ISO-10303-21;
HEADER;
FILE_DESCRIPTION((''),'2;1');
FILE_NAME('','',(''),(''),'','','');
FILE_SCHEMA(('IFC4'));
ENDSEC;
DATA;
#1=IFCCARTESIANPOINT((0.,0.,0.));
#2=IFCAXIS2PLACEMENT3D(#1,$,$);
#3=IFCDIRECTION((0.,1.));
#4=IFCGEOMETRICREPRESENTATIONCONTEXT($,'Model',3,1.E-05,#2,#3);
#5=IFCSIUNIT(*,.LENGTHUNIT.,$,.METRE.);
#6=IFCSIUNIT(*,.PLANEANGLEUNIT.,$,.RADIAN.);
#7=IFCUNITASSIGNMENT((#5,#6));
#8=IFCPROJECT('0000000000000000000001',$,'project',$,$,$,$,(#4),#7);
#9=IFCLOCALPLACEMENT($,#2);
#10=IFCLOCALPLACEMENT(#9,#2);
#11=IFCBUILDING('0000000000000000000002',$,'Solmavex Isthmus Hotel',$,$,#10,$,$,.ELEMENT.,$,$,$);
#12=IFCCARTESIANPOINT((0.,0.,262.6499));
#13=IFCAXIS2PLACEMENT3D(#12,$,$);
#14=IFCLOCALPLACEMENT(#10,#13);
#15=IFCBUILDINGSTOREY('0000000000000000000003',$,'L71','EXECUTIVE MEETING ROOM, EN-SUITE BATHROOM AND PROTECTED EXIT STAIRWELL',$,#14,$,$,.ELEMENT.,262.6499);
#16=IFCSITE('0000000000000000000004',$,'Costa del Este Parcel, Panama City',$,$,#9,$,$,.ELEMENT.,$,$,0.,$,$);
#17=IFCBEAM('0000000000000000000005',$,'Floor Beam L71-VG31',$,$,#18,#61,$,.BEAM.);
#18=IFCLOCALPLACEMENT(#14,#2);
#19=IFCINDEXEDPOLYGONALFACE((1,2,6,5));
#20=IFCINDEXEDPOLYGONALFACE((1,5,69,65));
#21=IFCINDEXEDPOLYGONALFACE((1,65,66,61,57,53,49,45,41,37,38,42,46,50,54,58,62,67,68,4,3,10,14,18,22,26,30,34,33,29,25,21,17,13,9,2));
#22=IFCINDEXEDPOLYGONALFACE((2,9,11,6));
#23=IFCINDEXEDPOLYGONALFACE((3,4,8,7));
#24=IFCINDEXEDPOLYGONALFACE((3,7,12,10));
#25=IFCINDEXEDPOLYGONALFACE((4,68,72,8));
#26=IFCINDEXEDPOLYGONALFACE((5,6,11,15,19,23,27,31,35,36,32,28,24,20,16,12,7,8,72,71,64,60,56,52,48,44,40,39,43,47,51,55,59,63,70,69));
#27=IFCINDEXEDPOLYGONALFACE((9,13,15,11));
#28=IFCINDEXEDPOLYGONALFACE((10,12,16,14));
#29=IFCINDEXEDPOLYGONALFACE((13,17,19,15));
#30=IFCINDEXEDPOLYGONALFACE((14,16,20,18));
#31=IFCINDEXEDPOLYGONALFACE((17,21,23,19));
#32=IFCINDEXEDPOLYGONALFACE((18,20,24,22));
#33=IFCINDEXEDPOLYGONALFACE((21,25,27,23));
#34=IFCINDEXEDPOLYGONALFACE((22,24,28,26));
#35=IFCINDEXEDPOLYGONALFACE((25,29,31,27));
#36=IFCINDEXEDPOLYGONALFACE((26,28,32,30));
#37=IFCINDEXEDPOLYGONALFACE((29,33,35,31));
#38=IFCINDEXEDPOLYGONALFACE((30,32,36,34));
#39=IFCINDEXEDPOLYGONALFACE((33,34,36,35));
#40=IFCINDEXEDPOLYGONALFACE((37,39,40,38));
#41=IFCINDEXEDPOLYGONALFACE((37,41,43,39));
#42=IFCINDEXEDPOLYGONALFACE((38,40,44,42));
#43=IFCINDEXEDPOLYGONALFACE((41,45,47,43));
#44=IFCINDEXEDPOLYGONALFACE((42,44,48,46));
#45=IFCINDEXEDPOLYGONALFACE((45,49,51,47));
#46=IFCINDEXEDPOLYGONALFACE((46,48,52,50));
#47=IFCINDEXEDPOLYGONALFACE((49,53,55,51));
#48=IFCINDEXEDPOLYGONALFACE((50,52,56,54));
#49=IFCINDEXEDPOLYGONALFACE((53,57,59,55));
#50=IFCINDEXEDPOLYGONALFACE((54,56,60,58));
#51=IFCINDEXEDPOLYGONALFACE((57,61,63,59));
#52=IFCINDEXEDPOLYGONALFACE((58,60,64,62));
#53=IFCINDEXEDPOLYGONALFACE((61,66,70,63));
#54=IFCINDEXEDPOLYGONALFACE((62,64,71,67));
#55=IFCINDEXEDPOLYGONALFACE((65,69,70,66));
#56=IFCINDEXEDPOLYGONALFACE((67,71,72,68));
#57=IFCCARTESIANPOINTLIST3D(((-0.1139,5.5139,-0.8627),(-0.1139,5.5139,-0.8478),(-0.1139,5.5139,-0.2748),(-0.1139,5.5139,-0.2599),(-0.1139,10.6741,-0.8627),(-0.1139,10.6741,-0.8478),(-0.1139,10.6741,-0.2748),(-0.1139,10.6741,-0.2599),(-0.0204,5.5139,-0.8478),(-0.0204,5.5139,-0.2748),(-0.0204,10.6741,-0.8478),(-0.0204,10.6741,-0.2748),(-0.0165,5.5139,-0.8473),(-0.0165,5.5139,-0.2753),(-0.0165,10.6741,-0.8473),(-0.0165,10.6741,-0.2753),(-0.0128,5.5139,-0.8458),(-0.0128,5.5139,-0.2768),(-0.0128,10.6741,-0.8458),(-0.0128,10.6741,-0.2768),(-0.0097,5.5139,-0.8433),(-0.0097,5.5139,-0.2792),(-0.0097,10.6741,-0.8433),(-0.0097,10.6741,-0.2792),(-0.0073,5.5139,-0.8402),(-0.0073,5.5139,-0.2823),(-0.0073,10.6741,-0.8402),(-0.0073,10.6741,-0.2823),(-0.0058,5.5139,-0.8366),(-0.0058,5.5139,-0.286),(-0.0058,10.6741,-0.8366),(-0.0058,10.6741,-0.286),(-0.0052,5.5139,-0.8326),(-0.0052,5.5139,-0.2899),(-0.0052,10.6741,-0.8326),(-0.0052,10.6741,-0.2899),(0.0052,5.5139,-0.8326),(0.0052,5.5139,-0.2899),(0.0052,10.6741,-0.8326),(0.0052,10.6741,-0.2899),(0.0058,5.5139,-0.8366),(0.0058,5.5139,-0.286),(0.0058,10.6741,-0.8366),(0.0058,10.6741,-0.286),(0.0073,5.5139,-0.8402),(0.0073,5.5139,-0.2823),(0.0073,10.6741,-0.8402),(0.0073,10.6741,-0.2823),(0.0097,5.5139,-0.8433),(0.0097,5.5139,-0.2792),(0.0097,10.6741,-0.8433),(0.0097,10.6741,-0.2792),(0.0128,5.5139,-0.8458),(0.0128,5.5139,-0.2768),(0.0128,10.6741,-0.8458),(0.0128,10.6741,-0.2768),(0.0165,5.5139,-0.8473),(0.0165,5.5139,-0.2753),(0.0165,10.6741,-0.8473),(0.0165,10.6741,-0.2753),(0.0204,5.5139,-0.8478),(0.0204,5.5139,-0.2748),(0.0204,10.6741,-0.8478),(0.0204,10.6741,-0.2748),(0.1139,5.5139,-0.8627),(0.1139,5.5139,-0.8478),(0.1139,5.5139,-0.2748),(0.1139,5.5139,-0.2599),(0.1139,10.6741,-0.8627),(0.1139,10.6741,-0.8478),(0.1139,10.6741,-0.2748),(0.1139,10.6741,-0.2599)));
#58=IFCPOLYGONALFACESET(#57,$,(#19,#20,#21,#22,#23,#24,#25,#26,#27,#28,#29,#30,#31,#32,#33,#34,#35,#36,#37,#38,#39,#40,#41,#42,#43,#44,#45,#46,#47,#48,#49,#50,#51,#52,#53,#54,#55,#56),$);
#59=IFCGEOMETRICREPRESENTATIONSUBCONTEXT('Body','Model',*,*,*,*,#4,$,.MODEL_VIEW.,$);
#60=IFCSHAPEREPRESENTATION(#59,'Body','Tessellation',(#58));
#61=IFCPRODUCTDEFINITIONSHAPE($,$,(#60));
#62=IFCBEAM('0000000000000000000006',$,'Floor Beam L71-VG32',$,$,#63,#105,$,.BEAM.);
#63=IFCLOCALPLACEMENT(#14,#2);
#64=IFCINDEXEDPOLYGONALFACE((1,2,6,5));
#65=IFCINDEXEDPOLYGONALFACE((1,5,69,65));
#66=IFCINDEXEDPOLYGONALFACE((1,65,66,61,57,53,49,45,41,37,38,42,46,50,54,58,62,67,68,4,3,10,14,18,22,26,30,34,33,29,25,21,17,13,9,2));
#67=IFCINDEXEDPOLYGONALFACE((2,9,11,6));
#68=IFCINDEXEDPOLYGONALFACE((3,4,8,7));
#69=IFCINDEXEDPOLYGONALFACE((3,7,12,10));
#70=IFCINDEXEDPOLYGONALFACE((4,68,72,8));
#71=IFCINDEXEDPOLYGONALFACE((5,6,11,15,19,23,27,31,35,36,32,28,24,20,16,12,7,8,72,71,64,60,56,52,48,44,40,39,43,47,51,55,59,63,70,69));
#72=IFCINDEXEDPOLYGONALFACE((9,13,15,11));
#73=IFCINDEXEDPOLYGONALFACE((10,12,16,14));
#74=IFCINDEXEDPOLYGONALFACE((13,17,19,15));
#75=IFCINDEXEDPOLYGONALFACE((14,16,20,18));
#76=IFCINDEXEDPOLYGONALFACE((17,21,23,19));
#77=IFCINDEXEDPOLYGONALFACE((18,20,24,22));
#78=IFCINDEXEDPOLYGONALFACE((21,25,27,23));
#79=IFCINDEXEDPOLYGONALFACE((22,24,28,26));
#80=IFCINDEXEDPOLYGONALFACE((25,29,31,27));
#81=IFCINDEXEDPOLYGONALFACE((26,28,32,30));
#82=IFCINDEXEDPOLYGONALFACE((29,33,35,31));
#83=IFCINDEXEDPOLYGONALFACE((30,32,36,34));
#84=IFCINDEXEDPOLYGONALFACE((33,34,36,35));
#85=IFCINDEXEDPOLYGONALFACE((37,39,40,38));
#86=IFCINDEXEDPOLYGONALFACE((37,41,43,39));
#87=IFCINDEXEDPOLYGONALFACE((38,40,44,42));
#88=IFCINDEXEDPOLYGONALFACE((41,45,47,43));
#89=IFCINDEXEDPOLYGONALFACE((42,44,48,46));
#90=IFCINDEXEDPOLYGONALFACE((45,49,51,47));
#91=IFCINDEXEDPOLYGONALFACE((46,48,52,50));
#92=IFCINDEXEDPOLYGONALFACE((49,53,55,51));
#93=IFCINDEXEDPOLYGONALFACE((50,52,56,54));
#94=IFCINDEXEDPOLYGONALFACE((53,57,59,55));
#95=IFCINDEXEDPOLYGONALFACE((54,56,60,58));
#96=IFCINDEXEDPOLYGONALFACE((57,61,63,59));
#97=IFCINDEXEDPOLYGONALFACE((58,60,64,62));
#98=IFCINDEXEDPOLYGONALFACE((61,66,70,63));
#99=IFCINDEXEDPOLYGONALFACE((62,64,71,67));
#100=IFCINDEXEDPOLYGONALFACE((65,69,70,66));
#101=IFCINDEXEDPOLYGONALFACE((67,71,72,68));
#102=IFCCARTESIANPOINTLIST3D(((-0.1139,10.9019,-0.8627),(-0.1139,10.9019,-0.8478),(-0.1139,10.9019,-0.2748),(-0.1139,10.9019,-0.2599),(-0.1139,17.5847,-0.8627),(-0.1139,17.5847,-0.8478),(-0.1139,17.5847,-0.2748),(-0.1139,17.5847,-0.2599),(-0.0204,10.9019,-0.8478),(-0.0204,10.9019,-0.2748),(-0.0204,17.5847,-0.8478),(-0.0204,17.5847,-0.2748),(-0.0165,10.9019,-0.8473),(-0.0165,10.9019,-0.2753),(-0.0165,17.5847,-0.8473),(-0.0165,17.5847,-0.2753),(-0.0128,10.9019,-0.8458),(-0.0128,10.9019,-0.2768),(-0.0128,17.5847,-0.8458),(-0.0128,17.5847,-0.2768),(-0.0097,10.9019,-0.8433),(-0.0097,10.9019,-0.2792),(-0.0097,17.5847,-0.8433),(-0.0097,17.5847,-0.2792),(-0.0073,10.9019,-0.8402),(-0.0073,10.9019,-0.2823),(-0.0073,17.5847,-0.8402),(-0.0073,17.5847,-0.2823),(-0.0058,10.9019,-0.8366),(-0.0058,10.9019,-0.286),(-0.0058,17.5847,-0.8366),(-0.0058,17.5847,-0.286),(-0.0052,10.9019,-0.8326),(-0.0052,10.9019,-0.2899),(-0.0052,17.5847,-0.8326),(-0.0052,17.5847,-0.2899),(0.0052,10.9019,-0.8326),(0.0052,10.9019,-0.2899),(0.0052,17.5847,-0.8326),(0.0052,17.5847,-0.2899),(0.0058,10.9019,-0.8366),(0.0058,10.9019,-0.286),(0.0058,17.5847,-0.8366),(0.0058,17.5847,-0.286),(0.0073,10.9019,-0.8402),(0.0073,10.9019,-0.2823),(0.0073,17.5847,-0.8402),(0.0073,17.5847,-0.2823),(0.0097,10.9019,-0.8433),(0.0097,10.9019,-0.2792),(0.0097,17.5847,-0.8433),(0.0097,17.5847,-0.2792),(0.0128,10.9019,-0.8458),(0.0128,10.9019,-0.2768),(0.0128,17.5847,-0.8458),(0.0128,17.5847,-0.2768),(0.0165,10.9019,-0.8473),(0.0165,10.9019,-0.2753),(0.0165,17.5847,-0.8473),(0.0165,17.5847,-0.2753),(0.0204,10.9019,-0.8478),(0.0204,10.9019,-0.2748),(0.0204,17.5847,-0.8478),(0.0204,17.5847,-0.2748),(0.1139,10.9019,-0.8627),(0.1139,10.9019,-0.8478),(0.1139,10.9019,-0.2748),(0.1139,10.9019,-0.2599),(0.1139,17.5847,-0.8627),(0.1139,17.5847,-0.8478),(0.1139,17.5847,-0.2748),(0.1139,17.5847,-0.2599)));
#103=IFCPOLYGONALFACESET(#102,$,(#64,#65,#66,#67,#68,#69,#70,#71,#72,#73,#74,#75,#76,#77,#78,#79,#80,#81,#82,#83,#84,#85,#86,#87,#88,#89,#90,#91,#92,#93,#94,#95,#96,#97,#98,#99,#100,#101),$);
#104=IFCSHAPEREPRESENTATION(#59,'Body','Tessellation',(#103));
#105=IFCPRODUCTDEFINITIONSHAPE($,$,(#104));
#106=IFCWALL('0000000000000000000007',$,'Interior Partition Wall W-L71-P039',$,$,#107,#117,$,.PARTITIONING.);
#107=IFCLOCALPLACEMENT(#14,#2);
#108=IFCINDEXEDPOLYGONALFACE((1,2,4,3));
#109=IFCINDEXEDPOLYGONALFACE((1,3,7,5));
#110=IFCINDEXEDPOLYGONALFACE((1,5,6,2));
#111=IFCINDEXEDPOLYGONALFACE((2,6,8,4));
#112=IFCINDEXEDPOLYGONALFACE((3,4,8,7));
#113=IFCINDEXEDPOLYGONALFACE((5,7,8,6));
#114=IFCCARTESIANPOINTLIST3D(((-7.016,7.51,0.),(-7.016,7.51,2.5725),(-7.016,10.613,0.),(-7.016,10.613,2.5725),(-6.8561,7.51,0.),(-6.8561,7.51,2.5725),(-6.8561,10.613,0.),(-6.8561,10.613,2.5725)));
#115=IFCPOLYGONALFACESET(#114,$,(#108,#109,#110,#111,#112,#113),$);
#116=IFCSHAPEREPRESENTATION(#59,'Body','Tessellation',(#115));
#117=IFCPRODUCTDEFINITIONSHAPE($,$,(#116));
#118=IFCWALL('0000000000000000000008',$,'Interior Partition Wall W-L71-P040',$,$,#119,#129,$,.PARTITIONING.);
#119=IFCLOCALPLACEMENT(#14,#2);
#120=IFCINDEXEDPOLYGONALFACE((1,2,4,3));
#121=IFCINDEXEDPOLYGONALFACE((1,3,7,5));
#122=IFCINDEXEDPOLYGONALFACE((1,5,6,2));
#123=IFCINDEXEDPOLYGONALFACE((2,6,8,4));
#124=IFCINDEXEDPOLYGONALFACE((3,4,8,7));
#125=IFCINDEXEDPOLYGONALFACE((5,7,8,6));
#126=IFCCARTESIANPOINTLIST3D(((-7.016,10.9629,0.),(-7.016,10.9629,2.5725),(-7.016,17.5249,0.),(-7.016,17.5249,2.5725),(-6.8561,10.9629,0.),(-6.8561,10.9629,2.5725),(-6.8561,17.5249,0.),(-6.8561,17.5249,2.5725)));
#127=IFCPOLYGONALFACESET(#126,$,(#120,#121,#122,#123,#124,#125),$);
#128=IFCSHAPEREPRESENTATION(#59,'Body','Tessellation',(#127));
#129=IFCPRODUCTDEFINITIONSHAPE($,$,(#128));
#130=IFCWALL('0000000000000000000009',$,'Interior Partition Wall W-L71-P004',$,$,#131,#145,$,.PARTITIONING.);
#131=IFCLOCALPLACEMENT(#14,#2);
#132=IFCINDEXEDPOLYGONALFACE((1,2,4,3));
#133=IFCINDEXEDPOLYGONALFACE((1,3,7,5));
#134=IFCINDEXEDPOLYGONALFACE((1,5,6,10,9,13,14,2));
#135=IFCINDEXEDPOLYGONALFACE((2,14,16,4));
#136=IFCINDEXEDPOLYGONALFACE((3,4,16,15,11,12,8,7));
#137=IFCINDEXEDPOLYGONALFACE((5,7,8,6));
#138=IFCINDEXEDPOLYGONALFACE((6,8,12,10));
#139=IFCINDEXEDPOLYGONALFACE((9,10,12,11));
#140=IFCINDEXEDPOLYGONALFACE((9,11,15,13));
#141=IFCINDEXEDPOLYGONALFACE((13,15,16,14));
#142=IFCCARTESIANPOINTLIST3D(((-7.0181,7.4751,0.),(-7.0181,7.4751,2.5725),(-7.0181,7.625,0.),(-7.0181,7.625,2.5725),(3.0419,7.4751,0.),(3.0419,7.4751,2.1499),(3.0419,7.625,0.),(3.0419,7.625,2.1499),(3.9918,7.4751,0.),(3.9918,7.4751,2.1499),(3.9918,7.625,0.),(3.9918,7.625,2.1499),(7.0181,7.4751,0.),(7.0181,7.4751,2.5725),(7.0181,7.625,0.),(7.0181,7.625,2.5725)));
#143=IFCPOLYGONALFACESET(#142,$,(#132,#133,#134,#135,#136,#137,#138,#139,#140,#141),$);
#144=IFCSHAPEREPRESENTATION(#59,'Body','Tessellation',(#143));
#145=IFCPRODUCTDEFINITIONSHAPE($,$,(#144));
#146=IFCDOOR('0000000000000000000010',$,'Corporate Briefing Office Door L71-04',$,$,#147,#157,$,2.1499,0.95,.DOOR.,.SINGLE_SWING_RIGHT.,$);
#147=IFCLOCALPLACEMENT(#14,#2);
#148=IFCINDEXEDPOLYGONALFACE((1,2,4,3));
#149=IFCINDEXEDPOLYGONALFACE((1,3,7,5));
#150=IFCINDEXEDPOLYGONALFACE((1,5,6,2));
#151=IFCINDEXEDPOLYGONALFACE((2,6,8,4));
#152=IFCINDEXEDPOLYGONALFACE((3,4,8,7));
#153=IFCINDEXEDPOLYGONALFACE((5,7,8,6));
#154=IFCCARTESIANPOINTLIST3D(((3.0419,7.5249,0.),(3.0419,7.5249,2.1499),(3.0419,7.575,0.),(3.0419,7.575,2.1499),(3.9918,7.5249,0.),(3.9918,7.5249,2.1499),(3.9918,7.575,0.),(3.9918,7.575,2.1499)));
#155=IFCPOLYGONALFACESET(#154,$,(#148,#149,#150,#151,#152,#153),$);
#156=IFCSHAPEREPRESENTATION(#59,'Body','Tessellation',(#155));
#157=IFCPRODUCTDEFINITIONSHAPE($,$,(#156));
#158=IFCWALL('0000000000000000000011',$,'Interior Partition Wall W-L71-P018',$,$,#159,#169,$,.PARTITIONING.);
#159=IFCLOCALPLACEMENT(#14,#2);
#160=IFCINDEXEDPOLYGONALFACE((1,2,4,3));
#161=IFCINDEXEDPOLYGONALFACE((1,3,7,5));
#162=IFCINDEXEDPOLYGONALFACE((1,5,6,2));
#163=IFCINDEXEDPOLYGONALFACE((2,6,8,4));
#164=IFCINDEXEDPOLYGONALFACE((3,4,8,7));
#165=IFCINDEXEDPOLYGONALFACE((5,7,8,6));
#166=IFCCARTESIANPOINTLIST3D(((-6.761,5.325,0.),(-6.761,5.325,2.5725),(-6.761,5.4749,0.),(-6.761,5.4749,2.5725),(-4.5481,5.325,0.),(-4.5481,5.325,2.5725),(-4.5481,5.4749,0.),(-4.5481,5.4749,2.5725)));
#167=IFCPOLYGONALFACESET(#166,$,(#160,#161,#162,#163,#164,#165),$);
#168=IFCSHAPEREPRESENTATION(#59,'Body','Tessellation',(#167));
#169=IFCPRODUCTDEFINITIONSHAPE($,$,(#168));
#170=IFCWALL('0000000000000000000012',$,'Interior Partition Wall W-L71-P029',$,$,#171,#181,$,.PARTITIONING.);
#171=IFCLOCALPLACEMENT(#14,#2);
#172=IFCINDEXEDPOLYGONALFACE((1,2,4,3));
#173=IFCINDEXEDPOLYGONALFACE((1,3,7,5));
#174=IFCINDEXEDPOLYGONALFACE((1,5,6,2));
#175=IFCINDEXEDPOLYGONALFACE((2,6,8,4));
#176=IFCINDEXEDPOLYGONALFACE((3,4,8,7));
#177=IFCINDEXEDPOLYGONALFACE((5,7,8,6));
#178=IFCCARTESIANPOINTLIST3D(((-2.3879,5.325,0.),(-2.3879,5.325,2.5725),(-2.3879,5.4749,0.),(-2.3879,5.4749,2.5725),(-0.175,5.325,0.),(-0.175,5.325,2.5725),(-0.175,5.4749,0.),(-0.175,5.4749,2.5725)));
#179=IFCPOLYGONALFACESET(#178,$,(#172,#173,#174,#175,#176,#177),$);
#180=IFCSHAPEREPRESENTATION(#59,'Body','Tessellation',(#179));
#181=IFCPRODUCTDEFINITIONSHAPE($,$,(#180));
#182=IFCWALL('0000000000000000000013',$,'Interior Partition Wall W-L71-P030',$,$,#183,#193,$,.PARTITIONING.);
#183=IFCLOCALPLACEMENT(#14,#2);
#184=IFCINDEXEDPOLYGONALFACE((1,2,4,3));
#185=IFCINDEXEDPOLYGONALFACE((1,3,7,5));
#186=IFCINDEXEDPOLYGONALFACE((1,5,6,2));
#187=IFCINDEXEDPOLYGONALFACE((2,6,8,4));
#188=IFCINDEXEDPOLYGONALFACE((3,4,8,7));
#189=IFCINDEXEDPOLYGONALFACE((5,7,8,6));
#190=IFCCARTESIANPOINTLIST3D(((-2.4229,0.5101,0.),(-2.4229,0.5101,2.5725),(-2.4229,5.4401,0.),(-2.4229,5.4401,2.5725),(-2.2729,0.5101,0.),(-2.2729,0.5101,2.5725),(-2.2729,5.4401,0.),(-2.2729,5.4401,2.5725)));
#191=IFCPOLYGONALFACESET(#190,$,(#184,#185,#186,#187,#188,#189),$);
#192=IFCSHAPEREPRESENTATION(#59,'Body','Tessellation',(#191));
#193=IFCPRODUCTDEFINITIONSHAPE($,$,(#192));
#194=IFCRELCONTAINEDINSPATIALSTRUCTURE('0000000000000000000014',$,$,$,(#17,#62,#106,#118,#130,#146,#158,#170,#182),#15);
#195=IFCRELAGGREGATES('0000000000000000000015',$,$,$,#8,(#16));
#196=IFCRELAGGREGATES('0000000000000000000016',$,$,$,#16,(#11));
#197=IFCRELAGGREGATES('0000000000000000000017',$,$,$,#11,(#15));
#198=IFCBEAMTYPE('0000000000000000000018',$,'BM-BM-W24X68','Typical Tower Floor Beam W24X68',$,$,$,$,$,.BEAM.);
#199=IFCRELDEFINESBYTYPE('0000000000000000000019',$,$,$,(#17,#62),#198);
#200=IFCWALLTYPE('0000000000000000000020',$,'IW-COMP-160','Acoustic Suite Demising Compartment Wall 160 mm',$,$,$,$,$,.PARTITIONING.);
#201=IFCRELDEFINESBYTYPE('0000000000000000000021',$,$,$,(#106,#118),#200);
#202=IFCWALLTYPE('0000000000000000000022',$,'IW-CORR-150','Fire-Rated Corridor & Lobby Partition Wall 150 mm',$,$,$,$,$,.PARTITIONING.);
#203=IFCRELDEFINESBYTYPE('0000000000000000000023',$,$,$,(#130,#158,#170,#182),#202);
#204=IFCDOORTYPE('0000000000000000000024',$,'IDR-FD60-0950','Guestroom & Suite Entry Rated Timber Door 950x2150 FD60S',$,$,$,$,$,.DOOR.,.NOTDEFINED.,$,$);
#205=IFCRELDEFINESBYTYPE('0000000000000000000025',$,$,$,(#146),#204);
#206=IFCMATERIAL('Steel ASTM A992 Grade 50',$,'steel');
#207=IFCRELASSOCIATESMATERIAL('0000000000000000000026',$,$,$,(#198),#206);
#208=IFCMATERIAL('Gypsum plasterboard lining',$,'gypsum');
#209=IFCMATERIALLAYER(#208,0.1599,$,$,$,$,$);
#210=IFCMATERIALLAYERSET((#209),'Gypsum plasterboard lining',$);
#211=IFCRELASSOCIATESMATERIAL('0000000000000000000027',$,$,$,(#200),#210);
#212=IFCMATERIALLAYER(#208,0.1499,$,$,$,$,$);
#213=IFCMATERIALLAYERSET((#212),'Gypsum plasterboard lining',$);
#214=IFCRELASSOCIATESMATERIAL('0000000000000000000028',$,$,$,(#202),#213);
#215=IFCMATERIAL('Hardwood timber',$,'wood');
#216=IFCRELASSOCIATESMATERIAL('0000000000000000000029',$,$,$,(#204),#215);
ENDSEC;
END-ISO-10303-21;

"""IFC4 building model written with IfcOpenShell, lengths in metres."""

from ifc_helpers import new_model, si_unit, direction, frame, frame_2d, origin, origin_2d, place, context, subcontext, project, spatial, rectangle, i_section, extrude, material, layer, layer_set, material_profile, profile_set, type_object, element, fill, save


model = new_model("IFC4")

# Units and contexts
model_context = context("Model", 3, precision=1e-05, world=origin(), true_north=direction((0.0, 1.0)))
body_context = subcontext(model_context, "Body", "Model", "MODEL_VIEW")
ifc_project = project(units=[si_unit("LENGTHUNIT", "METRE"), si_unit("PLANEANGLEUNIT", "RADIAN")], contexts=[model_context])

# Site, building, storey
site_placement = place(None, origin())
site = spatial("IfcSite", under=ifc_project, at=site_placement, Name="Costa del Este Parcel, Panama City", CompositionType="ELEMENT", RefElevation=0.0)
building_placement = place(site_placement, origin())
building = spatial("IfcBuilding", under=site, at=building_placement, Name="Solmavex Isthmus Hotel", CompositionType="ELEMENT")
storey_placement = place(building_placement, frame((0.0, 0.0, 262.6499)))
storey = spatial("IfcBuildingStorey", under=building, at=storey_placement, Name="L71", Description="EXECUTIVE MEETING ROOM, EN-SUITE BATHROOM AND PROTECTED EXIT STAIRWELL", CompositionType="ELEMENT", Elevation=262.6499)

# Beams
ifc_material_1 = material(Name="Steel ASTM A992 Grade 50", Category="steel")
ifc_material_profile_1 = material_profile(ifc_material_1, i_section(OverallWidth=0.2278, OverallDepth=0.6028, WebThickness=0.0105, FlangeThickness=0.0149, FilletRadius=0.0151, at=origin_2d()), Name="W24X68")
ifc_profile_set_1 = profile_set([ifc_material_profile_1], Name="Steel ASTM A992 Grade 50")
beam_type_1 = type_object("IfcBeamType", Name="BM-BM-W24X68", Description="Typical Tower Floor Beam W24X68", PredefinedType="BEAM", material=ifc_profile_set_1)
beam_1_placement = place(storey_placement, frame((0.0, 5.5139, -0.5613), z_axis=(0.0, 1.0, 0.0), x_axis=(-1.0, 0.0, 0.0)))
element("IfcBeam", 1, at=beam_1_placement, inside=storey, type_object=beam_type_1, Name="Floor Beam L71-VG31", PredefinedType="BEAM", context=body_context, shape_type="SweptSolid", body=[
    extrude(i_section(OverallWidth=0.2278, OverallDepth=0.6028, WebThickness=0.0105, FlangeThickness=0.0149, FilletRadius=0.0151, at=origin_2d()), origin(), (0.0, 0.0, 1.0), 5.1602),
])
beam_2_placement = place(storey_placement, frame((0.0, 10.9019, -0.5613), z_axis=(0.0, 1.0, 0.0), x_axis=(-1.0, 0.0, 0.0)))
element("IfcBeam", 2, at=beam_2_placement, inside=storey, type_object=beam_type_1, Name="Floor Beam L71-VG32", PredefinedType="BEAM", context=body_context, shape_type="SweptSolid", body=[
    extrude(i_section(OverallWidth=0.2278, OverallDepth=0.6028, WebThickness=0.0105, FlangeThickness=0.0149, FilletRadius=0.0151, at=origin_2d()), origin(), (0.0, 0.0, 1.0), 6.6829),
])

# Walls
ifc_material_2 = material(Name="Gypsum plasterboard lining", Category="gypsum")
ifc_layer_1 = layer(ifc_material_2, 0.1599)
ifc_layer_set_1 = layer_set([ifc_layer_1], Name="Gypsum plasterboard lining")
wall_type_1 = type_object("IfcWallType", Name="IW-COMP-160", Description="Acoustic Suite Demising Compartment Wall 160 mm", PredefinedType="PARTITIONING", material=ifc_layer_set_1)
wall_1_placement = place(storey_placement, frame((-6.936, 10.613, 0.0), z_axis=(0.0, 0.0, 1.0), x_axis=(0.0, -1.0, 0.0)))
element("IfcWall", 3, at=wall_1_placement, inside=storey, type_object=wall_type_1, Name="Interior Partition Wall W-L71-P039", PredefinedType="PARTITIONING", context=body_context, shape_type="SweptSolid", body=[
    extrude(rectangle(XDim=3.103, YDim=0.1599, at=frame_2d((1.5515, 0.0))), origin(), (0.0, 0.0, 1.0), 2.5725),
])
wall_2_placement = place(storey_placement, frame((-6.936, 17.5249, 0.0), z_axis=(0.0, 0.0, 1.0), x_axis=(0.0, -1.0, 0.0)))
element("IfcWall", 4, at=wall_2_placement, inside=storey, type_object=wall_type_1, Name="Interior Partition Wall W-L71-P040", PredefinedType="PARTITIONING", context=body_context, shape_type="SweptSolid", body=[
    extrude(rectangle(XDim=6.562, YDim=0.1599, at=frame_2d((3.281, 0.0))), origin(), (0.0, 0.0, 1.0), 2.5725),
])

# Wall, opening, door
ifc_layer_2 = layer(ifc_material_2, 0.1499)
ifc_layer_set_2 = layer_set([ifc_layer_2], Name="Gypsum plasterboard lining")
wall_type_2 = type_object("IfcWallType", Name="IW-CORR-150", Description="Fire-Rated Corridor & Lobby Partition Wall 150 mm", PredefinedType="PARTITIONING", material=ifc_layer_set_2)
ifc_material_3 = material(Name="Hardwood timber", Category="wood")
door_type_1 = type_object("IfcDoorType", Name="IDR-FD60-0950", Description="Guestroom & Suite Entry Rated Timber Door 950x2150 FD60S", OperationType="NOTDEFINED", PredefinedType="DOOR", material=ifc_material_3)
wall_3_placement = place(storey_placement, frame((-7.0181, 7.55, 0.0), z_axis=(0.0, 0.0, 1.0), x_axis=(1.0, 0.0, 0.0)))
wall_3 = element("IfcWall", 5, at=wall_3_placement, inside=storey, type_object=wall_type_2, Name="Interior Partition Wall W-L71-P004", PredefinedType="PARTITIONING", context=body_context, shape_type="SweptSolid", body=[
    extrude(rectangle(XDim=14.0361, YDim=0.1499, at=frame_2d((7.0181, 0.0))), origin(), (0.0, 0.0, 1.0), 2.5725),
])
opening_1_placement = place(wall_3_placement, frame((10.0598, 0.0, 0.0)))
opening_1 = element("IfcOpeningElement", 6, at=opening_1_placement, cuts=wall_3, PredefinedType="OPENING", context=body_context, shape_type="SweptSolid", body=[
    extrude(rectangle(XDim=0.95, YDim=2.1499, at=frame_2d((0.4751, 1.075))), frame((0.0, 0.085, 0.0), z_axis=(0.0, -1.0, 0.0), x_axis=(1.0, 0.0, 0.0)), (0.0, 0.0, 1.0), 0.1699),
])
door_1_placement = place(opening_1_placement, origin())
door_1 = element("IfcDoor", 7, at=door_1_placement, inside=storey, type_object=door_type_1, Name="Corporate Briefing Office Door L71-04", OperationType="SINGLE_SWING_RIGHT", OverallHeight=2.1499, OverallWidth=0.95, PredefinedType="DOOR", context=body_context, shape_type="SweptSolid", body=[
    extrude(rectangle(XDim=0.95, YDim=2.1499, at=frame_2d((0.4751, 1.075))), frame((0.0, 0.0249, 0.0), z_axis=(0.0, -1.0, 0.0), x_axis=(1.0, 0.0, 0.0)), (0.0, 0.0, 1.0), 0.05),
])
fill(opening_1, door_1)

# Walls
for number, where, z_axis, x_axis, name in (
    (8, (-4.5481, 5.3999, 0.0), (0.0, 0.0, 1.0), (-1.0, 0.0, 0.0), "Interior Partition Wall W-L71-P018"),
    (9, (-0.175, 5.3999, 0.0), (0.0, 0.0, 1.0), (-1.0, 0.0, 0.0), "Interior Partition Wall W-L71-P029"),
):
    element("IfcWall", number, at=place(storey_placement, frame(where, z_axis=z_axis, x_axis=x_axis)), inside=storey, type_object=wall_type_2, Name=name, PredefinedType="PARTITIONING", context=body_context, shape_type="SweptSolid", body=[
        extrude(rectangle(XDim=2.2129, YDim=0.1499, at=frame_2d((1.1064, 0.0))), origin(), (0.0, 0.0, 1.0), 2.5725),
    ])
wall_4_placement = place(storey_placement, frame((-2.3479, 5.4399, 0.0), z_axis=(0.0, 0.0, 1.0), x_axis=(0.0, -1.0, 0.0)))
element("IfcWall", 10, at=wall_4_placement, inside=storey, type_object=wall_type_2, Name="Interior Partition Wall W-L71-P030", PredefinedType="PARTITIONING", context=body_context, shape_type="SweptSolid", body=[
    extrude(rectangle(XDim=4.9299, YDim=0.1499, at=frame_2d((2.4648, 0.0))), origin(), (0.0, 0.0, 1.0), 2.5725),
])

save(model, "model.ifc")
